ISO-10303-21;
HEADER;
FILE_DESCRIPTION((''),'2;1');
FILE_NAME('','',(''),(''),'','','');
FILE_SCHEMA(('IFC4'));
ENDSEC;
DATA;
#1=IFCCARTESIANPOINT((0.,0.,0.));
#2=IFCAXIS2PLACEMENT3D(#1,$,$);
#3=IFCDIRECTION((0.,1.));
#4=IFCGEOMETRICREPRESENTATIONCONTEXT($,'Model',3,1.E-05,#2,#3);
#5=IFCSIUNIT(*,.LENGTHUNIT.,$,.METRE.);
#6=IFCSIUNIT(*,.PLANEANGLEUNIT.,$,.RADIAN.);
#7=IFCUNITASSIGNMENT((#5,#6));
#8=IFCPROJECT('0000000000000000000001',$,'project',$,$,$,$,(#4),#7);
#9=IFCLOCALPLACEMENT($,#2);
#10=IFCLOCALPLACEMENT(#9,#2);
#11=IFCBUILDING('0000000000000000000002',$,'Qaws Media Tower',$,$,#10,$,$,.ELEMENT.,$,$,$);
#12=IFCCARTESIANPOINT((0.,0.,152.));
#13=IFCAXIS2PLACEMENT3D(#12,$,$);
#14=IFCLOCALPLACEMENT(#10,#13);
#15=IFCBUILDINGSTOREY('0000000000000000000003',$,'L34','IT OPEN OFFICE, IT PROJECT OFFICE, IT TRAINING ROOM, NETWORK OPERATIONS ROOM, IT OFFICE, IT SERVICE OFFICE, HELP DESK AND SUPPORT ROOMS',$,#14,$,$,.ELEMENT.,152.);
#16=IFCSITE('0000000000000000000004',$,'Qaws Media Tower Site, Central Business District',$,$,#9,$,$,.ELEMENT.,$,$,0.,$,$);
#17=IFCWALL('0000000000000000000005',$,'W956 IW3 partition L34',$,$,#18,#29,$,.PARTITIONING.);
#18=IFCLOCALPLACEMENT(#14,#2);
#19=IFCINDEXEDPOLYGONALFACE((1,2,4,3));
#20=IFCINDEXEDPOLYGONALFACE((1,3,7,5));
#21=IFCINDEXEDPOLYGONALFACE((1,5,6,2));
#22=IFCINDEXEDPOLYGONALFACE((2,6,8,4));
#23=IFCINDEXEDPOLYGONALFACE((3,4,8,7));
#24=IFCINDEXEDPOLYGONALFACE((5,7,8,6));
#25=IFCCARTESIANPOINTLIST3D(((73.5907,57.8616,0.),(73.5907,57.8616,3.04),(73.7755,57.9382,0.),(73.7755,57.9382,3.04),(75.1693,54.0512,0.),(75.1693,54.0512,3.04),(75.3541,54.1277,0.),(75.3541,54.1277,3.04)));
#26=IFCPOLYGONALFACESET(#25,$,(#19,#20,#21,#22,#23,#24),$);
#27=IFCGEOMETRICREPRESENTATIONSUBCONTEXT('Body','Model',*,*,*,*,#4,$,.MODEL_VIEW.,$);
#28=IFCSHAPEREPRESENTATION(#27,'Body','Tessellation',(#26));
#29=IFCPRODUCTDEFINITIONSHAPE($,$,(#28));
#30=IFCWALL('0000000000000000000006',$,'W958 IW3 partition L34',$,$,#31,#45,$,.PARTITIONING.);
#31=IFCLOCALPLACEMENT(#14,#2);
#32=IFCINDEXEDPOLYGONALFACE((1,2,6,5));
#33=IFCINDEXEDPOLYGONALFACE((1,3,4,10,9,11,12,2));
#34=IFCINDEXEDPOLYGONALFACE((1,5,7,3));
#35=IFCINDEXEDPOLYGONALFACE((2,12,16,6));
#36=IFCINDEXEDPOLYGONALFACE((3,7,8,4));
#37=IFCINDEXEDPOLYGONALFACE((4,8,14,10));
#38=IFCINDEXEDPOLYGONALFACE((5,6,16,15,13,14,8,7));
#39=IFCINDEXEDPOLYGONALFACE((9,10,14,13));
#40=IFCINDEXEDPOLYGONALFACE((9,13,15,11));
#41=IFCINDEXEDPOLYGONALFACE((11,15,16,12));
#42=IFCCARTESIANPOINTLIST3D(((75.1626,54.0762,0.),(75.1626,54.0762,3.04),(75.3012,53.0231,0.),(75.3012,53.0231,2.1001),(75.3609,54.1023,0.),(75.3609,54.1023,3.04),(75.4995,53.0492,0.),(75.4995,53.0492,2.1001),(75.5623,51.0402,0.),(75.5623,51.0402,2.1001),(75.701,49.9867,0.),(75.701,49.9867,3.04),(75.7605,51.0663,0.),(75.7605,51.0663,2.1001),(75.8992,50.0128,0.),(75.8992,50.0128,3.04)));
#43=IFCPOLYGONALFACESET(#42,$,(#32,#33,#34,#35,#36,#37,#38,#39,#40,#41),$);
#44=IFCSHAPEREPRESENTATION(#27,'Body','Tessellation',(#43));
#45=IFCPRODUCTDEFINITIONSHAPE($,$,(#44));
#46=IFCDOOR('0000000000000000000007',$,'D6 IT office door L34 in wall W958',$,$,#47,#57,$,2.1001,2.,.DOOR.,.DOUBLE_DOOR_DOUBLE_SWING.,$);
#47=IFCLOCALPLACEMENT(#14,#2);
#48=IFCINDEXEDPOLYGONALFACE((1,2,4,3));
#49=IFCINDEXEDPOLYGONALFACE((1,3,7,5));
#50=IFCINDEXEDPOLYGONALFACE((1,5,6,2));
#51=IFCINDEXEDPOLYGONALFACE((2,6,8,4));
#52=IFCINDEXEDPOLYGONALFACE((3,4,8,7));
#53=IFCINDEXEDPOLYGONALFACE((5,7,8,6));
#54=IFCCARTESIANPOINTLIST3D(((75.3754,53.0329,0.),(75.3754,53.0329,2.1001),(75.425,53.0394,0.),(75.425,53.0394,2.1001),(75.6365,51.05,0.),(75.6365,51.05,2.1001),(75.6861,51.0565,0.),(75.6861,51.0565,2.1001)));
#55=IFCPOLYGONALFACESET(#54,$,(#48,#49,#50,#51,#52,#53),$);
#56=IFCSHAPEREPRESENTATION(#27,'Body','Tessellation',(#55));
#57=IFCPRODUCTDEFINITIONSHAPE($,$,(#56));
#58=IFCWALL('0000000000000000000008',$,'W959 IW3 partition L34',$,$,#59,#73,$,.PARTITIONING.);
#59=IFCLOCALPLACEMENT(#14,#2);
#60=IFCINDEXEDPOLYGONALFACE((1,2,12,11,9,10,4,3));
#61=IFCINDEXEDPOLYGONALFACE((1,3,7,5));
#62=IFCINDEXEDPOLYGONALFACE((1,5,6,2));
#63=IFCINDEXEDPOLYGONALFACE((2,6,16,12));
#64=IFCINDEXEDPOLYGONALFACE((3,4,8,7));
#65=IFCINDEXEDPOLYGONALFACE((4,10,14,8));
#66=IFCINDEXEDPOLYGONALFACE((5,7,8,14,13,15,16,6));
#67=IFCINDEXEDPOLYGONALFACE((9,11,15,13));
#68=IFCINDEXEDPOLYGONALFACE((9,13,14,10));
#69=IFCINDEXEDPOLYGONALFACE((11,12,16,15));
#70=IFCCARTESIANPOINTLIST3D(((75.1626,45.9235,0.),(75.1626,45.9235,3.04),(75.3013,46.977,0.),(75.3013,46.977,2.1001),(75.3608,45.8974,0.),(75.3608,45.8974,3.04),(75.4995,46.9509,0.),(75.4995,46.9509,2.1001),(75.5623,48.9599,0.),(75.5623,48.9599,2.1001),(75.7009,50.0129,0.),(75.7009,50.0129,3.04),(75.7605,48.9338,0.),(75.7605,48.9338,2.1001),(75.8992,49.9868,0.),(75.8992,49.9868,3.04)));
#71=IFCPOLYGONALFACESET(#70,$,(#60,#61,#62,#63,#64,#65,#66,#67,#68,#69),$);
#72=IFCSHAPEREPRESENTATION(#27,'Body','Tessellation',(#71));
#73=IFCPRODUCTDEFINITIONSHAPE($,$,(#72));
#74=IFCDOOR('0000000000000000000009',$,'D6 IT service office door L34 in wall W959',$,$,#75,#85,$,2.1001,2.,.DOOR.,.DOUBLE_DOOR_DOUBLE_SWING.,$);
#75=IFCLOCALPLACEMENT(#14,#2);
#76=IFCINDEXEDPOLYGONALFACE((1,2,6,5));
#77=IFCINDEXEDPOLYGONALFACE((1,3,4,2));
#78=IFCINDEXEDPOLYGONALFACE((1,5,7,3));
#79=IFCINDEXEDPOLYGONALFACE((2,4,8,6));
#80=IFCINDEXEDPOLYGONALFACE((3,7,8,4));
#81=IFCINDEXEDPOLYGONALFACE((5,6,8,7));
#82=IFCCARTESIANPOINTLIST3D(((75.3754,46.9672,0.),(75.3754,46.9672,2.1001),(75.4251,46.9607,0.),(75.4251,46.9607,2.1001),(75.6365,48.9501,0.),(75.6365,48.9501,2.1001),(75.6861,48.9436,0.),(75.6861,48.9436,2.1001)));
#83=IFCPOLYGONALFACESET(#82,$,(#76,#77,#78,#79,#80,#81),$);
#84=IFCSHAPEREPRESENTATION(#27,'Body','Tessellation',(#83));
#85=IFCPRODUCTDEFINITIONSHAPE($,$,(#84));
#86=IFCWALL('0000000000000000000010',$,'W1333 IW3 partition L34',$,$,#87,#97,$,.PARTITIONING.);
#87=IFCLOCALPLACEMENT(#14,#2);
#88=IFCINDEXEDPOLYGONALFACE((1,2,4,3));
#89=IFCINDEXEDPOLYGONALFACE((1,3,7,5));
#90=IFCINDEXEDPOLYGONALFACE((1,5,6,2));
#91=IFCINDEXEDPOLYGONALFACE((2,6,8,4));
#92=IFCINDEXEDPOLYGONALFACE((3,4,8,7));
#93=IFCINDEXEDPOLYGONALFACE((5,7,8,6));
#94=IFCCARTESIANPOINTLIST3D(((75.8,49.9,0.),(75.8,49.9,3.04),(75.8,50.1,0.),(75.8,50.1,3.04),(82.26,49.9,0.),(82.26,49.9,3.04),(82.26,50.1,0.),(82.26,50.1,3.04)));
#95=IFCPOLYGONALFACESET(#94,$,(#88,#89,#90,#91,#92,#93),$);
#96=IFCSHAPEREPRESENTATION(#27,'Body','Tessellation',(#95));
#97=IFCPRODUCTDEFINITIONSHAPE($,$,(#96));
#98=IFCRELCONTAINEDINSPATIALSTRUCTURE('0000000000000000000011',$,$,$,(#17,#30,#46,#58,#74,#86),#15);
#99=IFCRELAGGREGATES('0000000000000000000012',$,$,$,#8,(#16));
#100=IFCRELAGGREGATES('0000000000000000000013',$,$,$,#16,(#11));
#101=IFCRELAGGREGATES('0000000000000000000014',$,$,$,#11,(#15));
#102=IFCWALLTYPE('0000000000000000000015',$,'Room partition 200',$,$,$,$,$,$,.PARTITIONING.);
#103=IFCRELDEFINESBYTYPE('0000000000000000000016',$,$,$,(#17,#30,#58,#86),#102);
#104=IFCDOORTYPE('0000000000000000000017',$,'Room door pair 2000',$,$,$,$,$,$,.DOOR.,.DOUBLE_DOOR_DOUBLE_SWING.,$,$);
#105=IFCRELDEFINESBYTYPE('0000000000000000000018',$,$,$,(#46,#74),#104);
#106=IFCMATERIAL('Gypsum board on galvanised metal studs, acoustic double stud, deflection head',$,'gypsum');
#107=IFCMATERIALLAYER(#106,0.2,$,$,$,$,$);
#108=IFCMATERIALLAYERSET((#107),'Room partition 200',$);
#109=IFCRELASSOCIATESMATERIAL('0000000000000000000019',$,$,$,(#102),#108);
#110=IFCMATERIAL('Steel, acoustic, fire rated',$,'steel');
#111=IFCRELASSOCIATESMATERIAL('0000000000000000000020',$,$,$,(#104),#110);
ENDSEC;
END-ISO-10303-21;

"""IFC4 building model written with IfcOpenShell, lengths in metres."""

from ifc_helpers import new_model, si_unit, direction, frame, frame_2d, origin, place, context, subcontext, project, spatial, rectangle, extrude, material, layer, layer_set, type_object, element, fill, save


model = new_model("IFC4")

# Units and contexts
model_context = context("Model", 3, precision=1e-05, world=origin(), true_north=direction((0.0, 1.0)))
body_context = subcontext(model_context, "Body", "Model", "MODEL_VIEW")
ifc_project = project(units=[si_unit("LENGTHUNIT", "METRE"), si_unit("PLANEANGLEUNIT", "RADIAN")], contexts=[model_context])

# Site, building, storey
site_placement = place(None, origin())
site = spatial("IfcSite", under=ifc_project, at=site_placement, Name="Qaws Media Tower Site, Central Business District", CompositionType="ELEMENT", RefElevation=0.0)
building_placement = place(site_placement, origin())
building = spatial("IfcBuilding", under=site, at=building_placement, Name="Qaws Media Tower", CompositionType="ELEMENT")
storey_placement = place(building_placement, frame((0.0, 0.0, 152.0)))
storey = spatial("IfcBuildingStorey", under=building, at=storey_placement, Name="L34", Description="IT OPEN OFFICE, IT PROJECT OFFICE, IT TRAINING ROOM, NETWORK OPERATIONS ROOM, IT OFFICE, IT SERVICE OFFICE, HELP DESK AND SUPPORT ROOMS", CompositionType="ELEMENT", Elevation=152.0)

# Wall
ifc_material_1 = material(Name="Gypsum board on galvanised metal studs, acoustic double stud, deflection head", Category="gypsum")
ifc_layer_1 = layer(ifc_material_1, 0.2)
ifc_layer_set_1 = layer_set([ifc_layer_1], Name="Room partition 200")
wall_type_1 = type_object("IfcWallType", Name="Room partition 200", PredefinedType="PARTITIONING", material=ifc_layer_set_1)
wall_1_placement = place(storey_placement, frame((73.6831, 57.8999, 0.0), z_axis=(0.0, 0.0, 1.0), x_axis=(0.382732, -0.92386, 0.0)))
element("IfcWall", 1, at=wall_1_placement, inside=storey, type_object=wall_type_1, Name="W956 IW3 partition L34", PredefinedType="PARTITIONING", context=body_context, shape_type="SweptSolid", body=[
    extrude(rectangle(XDim=4.1245, YDim=0.2, at=frame_2d((2.0623, 0.0))), origin(), (0.0, 0.0, 1.0), 3.04),
])

# Walls, openings, doors
wall_2_placement = place(storey_placement, frame((75.2617, 54.0894, 0.0), z_axis=(0.0, 0.0, 1.0), x_axis=(0.130516, -0.991446, 0.0)))
wall_2 = element("IfcWall", 2, at=wall_2_placement, inside=storey, type_object=wall_type_1, Name="W958 IW3 partition L34", PredefinedType="PARTITIONING", context=body_context, shape_type="SweptSolid", body=[
    extrude(rectangle(XDim=4.1248, YDim=0.2, at=frame_2d((2.0625, 0.0))), origin(), (0.0, 0.0, 1.0), 3.04),
])
opening_1_placement = place(wall_2_placement, frame((1.0623, 0.0, 0.0)))
opening_1 = element("IfcOpeningElement", 3, at=opening_1_placement, cuts=wall_2, PredefinedType="OPENING", context=body_context, shape_type="SweptSolid", body=[
    extrude(rectangle(XDim=2.0, YDim=2.1001, at=frame_2d((1.0, 1.05))), frame((0.0, 0.1099, 0.0), z_axis=(0.0, -1.0, 0.0), x_axis=(1.0, 0.0, 0.0)), (0.0, 0.0, 1.0), 0.22),
])
ifc_material_2 = material(Name="Steel, acoustic, fire rated", Category="steel")
door_type_1 = type_object("IfcDoorType", Name="Room door pair 2000", OperationType="DOUBLE_DOOR_DOUBLE_SWING", PredefinedType="DOOR", material=ifc_material_2)
door_1_placement = place(opening_1_placement, origin())
door_1 = element("IfcDoor", 4, at=door_1_placement, inside=storey, type_object=door_type_1, Name="D6 IT office door L34 in wall W958", OperationType="DOUBLE_DOOR_DOUBLE_SWING", OverallHeight=2.1001, OverallWidth=2.0, PredefinedType="DOOR", context=body_context, shape_type="SweptSolid", body=[
    extrude(rectangle(XDim=2.0, YDim=2.1001, at=frame_2d((1.0, 1.05))), frame((0.0, 0.0249, 0.0), z_axis=(0.0, -1.0, 0.0), x_axis=(1.0, 0.0, 0.0)), (0.0, 0.0, 1.0), 0.05),
])
fill(opening_1, door_1)
wall_3_placement = place(storey_placement, frame((75.8, 50.0, 0.0), z_axis=(0.0, 0.0, 1.0), x_axis=(-0.130516, -0.991446, 0.0)))
wall_3 = element("IfcWall", 5, at=wall_3_placement, inside=storey, type_object=wall_type_1, Name="W959 IW3 partition L34", PredefinedType="PARTITIONING", context=body_context, shape_type="SweptSolid", body=[
    extrude(rectangle(XDim=4.1248, YDim=0.2, at=frame_2d((2.0625, 0.0))), origin(), (0.0, 0.0, 1.0), 3.04),
])
opening_2_placement = place(wall_3_placement, frame((1.0623, 0.0, 0.0)))
opening_2 = element("IfcOpeningElement", 6, at=opening_2_placement, cuts=wall_3, PredefinedType="OPENING", context=body_context, shape_type="SweptSolid", body=[
    extrude(rectangle(XDim=2.0, YDim=2.1001, at=frame_2d((1.0, 1.05))), frame((0.0, 0.1099, 0.0), z_axis=(0.0, -1.0, 0.0), x_axis=(1.0, 0.0, 0.0)), (0.0, 0.0, 1.0), 0.22),
])
door_2_placement = place(opening_2_placement, origin())
door_2 = element("IfcDoor", 7, at=door_2_placement, inside=storey, type_object=door_type_1, Name="D6 IT service office door L34 in wall W959", OperationType="DOUBLE_DOOR_DOUBLE_SWING", OverallHeight=2.1001, OverallWidth=2.0, PredefinedType="DOOR", context=body_context, shape_type="SweptSolid", body=[
    extrude(rectangle(XDim=2.0, YDim=2.1001, at=frame_2d((1.0, 1.05))), frame((0.0, 0.0249, 0.0), z_axis=(0.0, -1.0, 0.0), x_axis=(1.0, 0.0, 0.0)), (0.0, 0.0, 1.0), 0.05),
])
fill(opening_2, door_2)

# Wall
wall_4_placement = place(storey_placement, frame((75.8, 50.0, 0.0), z_axis=(0.0, 0.0, 1.0), x_axis=(1.0, 0.0, 0.0)))
element("IfcWall", 8, at=wall_4_placement, inside=storey, type_object=wall_type_1, Name="W1333 IW3 partition L34", PredefinedType="PARTITIONING", context=body_context, shape_type="SweptSolid", body=[
    extrude(rectangle(XDim=6.46, YDim=0.2, at=frame_2d((3.23, 0.0))), origin(), (0.0, 0.0, 1.0), 3.04),
])

save(model, "model.ifc")
